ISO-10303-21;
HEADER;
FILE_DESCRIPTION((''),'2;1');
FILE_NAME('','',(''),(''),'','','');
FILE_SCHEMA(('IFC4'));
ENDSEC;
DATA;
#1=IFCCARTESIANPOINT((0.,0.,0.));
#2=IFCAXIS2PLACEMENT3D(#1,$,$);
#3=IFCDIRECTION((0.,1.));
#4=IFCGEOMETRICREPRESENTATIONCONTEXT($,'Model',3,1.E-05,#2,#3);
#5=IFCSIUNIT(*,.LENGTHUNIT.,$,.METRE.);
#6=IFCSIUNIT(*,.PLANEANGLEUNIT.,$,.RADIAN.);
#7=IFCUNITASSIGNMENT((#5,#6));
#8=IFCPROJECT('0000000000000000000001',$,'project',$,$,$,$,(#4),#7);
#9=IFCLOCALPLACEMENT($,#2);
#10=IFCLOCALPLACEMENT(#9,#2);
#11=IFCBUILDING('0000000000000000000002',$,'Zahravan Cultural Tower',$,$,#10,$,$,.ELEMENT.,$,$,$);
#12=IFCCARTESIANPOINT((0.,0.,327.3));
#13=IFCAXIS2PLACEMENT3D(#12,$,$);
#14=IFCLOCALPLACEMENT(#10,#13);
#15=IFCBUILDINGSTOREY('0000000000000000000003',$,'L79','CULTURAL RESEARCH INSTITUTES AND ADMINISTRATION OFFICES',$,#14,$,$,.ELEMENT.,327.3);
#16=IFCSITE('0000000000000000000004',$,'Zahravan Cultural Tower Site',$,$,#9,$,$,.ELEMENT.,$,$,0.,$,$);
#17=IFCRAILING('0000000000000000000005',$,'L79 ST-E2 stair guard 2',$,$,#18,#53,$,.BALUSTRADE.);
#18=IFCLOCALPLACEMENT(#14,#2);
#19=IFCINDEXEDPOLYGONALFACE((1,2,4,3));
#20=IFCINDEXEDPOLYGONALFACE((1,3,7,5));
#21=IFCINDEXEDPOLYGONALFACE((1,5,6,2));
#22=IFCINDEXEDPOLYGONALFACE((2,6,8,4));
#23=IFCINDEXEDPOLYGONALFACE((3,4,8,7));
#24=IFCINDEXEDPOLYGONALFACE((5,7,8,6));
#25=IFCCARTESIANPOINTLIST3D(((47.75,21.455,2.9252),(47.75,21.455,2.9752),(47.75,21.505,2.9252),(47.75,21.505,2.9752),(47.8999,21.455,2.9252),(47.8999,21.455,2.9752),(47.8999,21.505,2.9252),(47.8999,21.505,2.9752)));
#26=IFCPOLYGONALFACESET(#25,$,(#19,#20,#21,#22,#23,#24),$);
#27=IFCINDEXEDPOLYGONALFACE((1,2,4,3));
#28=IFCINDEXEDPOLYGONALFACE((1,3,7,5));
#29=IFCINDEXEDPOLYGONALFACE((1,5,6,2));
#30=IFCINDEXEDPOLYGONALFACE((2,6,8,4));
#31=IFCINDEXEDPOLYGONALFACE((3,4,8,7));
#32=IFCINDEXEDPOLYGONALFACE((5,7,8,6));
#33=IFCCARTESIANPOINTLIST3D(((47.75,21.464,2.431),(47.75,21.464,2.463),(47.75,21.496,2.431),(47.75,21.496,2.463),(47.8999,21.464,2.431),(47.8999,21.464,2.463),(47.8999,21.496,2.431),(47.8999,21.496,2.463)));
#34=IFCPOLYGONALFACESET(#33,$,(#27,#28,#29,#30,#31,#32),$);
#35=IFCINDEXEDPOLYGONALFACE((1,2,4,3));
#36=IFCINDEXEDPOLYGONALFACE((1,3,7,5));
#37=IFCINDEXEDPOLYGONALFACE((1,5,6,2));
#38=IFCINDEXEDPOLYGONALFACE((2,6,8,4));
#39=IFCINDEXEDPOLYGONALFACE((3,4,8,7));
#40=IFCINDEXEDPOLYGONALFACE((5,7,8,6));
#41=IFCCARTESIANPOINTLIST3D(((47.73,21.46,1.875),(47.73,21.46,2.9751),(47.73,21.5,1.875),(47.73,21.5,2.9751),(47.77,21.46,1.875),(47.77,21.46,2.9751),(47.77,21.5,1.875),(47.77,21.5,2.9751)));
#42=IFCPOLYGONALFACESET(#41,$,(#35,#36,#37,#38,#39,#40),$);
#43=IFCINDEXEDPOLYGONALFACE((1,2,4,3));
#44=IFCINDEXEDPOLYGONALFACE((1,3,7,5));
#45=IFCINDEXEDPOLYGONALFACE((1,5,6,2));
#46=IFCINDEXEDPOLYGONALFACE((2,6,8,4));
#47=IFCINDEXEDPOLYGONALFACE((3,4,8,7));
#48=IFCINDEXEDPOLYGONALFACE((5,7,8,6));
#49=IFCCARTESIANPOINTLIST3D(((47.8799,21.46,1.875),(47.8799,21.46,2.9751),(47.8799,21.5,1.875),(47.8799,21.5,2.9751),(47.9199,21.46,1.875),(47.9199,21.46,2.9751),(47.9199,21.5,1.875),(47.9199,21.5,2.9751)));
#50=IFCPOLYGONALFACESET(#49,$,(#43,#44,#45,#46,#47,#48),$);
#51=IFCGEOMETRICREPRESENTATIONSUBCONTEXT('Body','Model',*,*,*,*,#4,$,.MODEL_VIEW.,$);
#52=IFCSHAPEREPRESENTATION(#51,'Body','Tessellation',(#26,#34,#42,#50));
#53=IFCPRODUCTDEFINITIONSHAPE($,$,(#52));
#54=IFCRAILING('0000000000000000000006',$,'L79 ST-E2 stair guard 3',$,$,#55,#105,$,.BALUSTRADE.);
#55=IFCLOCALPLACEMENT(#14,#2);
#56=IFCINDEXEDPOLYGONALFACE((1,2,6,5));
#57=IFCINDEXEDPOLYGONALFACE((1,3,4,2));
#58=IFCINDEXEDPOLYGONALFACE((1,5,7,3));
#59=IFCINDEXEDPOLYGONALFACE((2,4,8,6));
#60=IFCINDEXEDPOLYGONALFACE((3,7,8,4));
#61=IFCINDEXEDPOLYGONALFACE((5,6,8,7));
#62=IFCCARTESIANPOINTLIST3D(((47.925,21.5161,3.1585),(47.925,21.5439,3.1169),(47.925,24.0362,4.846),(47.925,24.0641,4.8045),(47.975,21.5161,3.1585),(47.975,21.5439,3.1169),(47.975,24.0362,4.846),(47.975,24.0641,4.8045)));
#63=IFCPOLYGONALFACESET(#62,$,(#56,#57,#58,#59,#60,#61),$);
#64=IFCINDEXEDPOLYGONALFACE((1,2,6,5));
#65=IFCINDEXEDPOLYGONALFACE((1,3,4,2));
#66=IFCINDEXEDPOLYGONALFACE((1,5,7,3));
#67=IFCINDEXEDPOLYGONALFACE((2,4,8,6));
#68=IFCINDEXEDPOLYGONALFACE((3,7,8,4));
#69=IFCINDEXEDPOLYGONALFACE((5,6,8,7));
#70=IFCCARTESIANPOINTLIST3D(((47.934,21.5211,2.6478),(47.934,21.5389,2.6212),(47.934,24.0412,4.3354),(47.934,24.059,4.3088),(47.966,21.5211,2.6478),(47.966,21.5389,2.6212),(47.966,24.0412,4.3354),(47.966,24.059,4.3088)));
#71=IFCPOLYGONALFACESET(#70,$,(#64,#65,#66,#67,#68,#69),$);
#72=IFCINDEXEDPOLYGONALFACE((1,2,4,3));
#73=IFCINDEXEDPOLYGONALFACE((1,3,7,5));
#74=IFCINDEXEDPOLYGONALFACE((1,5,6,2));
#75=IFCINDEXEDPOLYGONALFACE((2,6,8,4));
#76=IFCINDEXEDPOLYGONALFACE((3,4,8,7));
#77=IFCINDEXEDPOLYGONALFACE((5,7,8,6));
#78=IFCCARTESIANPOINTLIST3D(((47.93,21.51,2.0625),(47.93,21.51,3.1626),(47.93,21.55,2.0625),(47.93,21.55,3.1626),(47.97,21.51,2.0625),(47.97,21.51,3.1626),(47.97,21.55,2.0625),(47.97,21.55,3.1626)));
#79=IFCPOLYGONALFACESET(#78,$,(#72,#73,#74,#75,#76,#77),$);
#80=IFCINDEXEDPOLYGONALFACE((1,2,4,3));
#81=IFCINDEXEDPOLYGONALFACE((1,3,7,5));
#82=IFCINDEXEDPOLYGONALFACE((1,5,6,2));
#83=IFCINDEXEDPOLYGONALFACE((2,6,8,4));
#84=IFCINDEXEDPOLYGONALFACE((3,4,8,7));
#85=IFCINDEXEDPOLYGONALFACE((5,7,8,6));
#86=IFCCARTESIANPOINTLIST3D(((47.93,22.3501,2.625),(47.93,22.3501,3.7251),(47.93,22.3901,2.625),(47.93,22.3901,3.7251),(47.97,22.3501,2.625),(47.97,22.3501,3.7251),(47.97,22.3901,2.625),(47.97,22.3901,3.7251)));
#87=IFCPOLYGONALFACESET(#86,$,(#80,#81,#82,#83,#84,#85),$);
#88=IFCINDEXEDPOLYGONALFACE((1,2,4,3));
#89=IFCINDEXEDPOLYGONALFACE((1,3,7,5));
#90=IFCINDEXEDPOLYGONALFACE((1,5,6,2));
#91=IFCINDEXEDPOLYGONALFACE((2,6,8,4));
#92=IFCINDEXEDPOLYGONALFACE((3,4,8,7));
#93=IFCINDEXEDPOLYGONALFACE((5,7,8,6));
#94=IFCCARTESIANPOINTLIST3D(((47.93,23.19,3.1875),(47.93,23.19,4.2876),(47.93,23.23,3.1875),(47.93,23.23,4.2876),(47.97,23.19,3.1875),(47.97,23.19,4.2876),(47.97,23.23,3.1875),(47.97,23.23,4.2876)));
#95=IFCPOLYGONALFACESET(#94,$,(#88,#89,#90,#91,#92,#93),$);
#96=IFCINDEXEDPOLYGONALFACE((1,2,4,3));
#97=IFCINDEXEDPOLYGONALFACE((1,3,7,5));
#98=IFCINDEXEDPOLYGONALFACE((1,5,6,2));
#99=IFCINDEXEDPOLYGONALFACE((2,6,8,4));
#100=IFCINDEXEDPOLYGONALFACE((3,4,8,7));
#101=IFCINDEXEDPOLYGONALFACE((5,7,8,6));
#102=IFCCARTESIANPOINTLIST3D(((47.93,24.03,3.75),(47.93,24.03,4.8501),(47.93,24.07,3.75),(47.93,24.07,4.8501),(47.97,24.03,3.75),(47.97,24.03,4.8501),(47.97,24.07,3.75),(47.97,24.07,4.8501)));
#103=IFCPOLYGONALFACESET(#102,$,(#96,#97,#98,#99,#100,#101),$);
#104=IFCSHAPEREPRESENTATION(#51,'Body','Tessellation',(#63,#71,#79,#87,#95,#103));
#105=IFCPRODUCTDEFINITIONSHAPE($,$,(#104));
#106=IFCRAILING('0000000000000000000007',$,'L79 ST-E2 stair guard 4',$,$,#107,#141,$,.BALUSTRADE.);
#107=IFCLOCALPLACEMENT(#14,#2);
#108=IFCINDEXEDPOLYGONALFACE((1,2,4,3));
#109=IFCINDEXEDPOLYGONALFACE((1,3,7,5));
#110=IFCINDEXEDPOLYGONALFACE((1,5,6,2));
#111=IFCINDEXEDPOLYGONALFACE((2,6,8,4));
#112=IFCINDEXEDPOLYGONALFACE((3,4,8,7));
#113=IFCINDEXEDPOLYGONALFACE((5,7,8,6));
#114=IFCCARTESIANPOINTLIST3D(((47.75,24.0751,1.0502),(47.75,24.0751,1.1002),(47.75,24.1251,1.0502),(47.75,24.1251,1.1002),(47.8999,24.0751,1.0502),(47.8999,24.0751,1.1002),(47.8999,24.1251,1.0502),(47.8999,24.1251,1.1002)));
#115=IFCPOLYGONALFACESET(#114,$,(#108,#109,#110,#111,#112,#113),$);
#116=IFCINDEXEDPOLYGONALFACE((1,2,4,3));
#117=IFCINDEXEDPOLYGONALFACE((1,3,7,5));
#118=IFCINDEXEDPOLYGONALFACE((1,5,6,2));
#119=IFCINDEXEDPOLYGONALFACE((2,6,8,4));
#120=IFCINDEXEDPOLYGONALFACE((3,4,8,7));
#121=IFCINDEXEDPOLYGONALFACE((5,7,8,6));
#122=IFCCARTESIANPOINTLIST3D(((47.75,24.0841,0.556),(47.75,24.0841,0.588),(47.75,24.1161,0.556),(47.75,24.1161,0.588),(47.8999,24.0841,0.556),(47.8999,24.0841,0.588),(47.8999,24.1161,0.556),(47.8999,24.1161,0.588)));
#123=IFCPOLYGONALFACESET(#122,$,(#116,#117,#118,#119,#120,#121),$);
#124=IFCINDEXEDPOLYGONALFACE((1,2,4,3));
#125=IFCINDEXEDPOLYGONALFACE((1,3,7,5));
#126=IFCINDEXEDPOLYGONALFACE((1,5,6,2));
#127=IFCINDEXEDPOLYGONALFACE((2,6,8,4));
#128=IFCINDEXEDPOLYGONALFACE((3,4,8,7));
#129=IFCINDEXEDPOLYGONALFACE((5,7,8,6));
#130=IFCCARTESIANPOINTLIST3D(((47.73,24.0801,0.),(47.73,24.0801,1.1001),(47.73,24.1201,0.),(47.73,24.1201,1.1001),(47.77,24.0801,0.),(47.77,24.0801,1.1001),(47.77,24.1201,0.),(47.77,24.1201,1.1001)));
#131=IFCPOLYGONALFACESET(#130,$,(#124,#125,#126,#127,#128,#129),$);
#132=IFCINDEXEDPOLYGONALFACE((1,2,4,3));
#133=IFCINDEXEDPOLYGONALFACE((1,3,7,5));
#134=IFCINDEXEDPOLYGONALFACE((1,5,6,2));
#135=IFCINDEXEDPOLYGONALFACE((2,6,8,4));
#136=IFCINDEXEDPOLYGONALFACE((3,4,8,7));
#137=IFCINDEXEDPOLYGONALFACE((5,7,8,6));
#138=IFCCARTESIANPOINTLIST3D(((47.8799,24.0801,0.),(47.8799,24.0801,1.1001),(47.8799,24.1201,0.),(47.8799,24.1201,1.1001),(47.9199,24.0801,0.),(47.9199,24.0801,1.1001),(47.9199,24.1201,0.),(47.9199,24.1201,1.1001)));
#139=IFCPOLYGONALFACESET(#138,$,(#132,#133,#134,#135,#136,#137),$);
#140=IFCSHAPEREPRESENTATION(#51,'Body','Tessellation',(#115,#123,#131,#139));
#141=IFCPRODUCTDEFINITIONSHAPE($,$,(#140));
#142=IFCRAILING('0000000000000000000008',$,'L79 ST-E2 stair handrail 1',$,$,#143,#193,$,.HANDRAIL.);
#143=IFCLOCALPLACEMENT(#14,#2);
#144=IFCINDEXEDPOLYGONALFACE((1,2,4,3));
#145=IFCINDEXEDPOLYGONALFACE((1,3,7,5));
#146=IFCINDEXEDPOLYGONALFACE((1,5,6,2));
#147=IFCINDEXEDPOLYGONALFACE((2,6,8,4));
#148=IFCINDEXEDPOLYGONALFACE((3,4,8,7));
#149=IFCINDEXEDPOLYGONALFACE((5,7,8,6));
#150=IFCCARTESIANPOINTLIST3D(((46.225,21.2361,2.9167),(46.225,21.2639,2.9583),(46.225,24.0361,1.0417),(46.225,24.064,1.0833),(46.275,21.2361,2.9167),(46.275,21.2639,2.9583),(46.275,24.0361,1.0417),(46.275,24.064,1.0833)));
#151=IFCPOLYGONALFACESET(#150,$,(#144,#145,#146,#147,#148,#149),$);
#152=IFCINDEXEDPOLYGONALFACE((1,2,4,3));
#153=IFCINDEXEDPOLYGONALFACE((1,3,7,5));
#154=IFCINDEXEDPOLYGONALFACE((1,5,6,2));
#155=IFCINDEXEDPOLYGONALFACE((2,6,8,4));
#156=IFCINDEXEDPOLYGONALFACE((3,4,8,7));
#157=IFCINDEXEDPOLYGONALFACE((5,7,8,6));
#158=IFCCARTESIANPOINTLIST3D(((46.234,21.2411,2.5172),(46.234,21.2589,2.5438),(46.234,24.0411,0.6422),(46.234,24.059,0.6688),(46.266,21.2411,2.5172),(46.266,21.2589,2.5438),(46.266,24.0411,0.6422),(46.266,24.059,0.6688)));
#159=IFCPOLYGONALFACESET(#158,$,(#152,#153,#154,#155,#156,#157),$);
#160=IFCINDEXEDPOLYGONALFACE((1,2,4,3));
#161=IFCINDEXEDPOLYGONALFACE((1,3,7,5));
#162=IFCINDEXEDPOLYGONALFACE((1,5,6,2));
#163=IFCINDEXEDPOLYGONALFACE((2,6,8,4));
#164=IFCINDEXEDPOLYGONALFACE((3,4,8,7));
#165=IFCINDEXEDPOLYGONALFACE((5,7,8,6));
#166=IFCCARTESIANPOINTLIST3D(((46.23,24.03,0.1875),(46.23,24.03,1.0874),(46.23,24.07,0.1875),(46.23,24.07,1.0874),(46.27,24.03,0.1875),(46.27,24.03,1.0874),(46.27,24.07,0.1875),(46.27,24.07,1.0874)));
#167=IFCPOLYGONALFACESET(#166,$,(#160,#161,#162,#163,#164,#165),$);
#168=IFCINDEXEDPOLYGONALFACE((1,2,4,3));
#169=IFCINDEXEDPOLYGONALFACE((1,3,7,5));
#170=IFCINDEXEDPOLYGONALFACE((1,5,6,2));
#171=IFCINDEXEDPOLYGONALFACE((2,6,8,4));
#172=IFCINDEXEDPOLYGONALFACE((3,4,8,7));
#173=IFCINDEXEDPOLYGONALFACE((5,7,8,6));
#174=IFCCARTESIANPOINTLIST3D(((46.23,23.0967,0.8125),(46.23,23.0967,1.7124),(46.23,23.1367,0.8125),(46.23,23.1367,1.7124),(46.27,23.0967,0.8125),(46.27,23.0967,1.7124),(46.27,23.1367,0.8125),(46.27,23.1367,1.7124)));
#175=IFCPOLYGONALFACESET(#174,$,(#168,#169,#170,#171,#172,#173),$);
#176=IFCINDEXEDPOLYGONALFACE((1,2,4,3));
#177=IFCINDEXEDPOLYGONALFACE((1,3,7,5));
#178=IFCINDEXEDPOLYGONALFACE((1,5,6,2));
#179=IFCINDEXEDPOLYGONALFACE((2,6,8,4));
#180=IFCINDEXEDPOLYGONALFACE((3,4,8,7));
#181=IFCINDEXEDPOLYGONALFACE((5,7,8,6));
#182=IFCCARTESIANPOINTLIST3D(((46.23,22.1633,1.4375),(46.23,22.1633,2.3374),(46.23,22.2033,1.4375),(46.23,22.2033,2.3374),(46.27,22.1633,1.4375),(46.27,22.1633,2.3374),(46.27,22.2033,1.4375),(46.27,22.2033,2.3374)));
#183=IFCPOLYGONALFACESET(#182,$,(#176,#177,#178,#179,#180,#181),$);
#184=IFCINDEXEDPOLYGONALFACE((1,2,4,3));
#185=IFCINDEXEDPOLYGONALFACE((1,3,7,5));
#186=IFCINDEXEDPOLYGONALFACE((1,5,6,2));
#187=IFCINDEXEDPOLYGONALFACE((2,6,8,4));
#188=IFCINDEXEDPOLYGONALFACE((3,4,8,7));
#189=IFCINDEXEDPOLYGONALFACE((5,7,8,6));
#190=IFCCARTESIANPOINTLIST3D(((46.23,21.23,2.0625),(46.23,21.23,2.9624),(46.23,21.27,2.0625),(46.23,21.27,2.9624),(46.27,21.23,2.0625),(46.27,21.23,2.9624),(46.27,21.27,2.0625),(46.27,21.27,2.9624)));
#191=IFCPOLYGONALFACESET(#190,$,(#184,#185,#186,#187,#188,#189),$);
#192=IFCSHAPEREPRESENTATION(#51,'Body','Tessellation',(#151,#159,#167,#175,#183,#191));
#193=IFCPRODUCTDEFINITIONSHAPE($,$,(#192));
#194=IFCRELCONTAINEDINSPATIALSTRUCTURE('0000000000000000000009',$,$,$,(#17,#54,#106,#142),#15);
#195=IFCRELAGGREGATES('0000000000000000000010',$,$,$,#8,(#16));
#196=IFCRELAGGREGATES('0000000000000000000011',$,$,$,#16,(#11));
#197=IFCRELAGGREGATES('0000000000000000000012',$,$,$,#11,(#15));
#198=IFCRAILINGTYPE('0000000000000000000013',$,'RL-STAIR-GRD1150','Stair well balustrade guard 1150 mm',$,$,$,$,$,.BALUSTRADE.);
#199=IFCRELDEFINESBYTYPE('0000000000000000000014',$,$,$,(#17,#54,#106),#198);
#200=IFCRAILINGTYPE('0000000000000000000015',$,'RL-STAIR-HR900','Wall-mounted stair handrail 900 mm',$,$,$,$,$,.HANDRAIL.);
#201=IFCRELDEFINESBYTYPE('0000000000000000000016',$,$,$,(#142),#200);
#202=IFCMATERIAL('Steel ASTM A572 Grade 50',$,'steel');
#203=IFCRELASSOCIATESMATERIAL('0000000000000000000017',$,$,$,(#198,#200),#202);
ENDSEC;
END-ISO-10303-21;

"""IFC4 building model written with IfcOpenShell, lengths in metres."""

from ifc_helpers import new_model, si_unit, direction, frame, origin, origin_2d, place, context, subcontext, project, spatial, rectangle, extrude, material, type_object, element, save


model = new_model("IFC4")

# Units and contexts
model_context = context("Model", 3, precision=1e-05, world=origin(), true_north=direction((0.0, 1.0)))
body_context = subcontext(model_context, "Body", "Model", "MODEL_VIEW")
ifc_project = project(units=[si_unit("LENGTHUNIT", "METRE"), si_unit("PLANEANGLEUNIT", "RADIAN")], contexts=[model_context])

# Site, building, storey
site_placement = place(None, origin())
site = spatial("IfcSite", under=ifc_project, at=site_placement, Name="Zahravan Cultural Tower Site", CompositionType="ELEMENT", RefElevation=0.0)
building_placement = place(site_placement, origin())
building = spatial("IfcBuilding", under=site, at=building_placement, Name="Zahravan Cultural Tower", CompositionType="ELEMENT")
storey_placement = place(building_placement, frame((0.0, 0.0, 327.3)))
storey = spatial("IfcBuildingStorey", under=building, at=storey_placement, Name="L79", Description="CULTURAL RESEARCH INSTITUTES AND ADMINISTRATION OFFICES", CompositionType="ELEMENT", Elevation=327.3)

# Shared definitions
ifc_material_1 = material(Name="Steel ASTM A572 Grade 50", Category="steel")

# Railings
railing_type_1 = type_object("IfcRailingType", Name="RL-STAIR-GRD1150", Description="Stair well balustrade guard 1150 mm", PredefinedType="BALUSTRADE", material=ifc_material_1)
railing_1_placement = place(storey_placement, frame((47.75, 21.48, 1.875)))
element("IfcRailing", 1, at=railing_1_placement, inside=storey, type_object=railing_type_1, Name="L79 ST-E2 stair guard 2", PredefinedType="BALUSTRADE", context=body_context, shape_type="SweptSolid", body=[
    extrude(rectangle(XDim=0.05, YDim=0.05, at=origin_2d()), frame((0.0, 0.0, 1.0752), z_axis=(1.0, 0.0, 0.0), x_axis=(0.0, 1.0, 0.0)), (0.0, 0.0, 1.0), 0.1499),
    extrude(rectangle(XDim=0.032, YDim=0.032, at=origin_2d()), frame((0.0, 0.0, 0.572), z_axis=(1.0, 0.0, 0.0), x_axis=(0.0, 1.0, 0.0)), (0.0, 0.0, 1.0), 0.1499),
    extrude(rectangle(XDim=0.04, YDim=0.04, at=origin_2d()), origin(), (0.0, 0.0, 1.0), 1.1001),
    extrude(rectangle(XDim=0.04, YDim=0.04, at=origin_2d()), frame((0.1499, 0.0, 0.0)), (0.0, 0.0, 1.0), 1.1001),
])
railing_2_placement = place(storey_placement, frame((47.95, 21.53, 2.0625)))
element("IfcRailing", 2, at=railing_2_placement, inside=storey, type_object=railing_type_1, Name="L79 ST-E2 stair guard 3", PredefinedType="BALUSTRADE", context=body_context, shape_type="SweptSolid", body=[
    extrude(rectangle(XDim=0.05, YDim=0.05, at=origin_2d()), frame((0.0, 0.0, 1.0752), z_axis=(0.0, 0.830909, 0.556408), x_axis=(-1.0, 0.0, 0.0)), (0.0, 0.0, 1.0), 3.033),
    extrude(rectangle(XDim=0.032, YDim=0.032, at=origin_2d()), frame((0.0, 0.0, 0.572), z_axis=(0.0, 0.830909, 0.556408), x_axis=(-1.0, 0.0, 0.0)), (0.0, 0.0, 1.0), 3.033),
    extrude(rectangle(XDim=0.04, YDim=0.04, at=origin_2d()), origin(), (0.0, 0.0, 1.0), 1.1001),
    extrude(rectangle(XDim=0.04, YDim=0.04, at=origin_2d()), frame((0.0, 0.8401, 0.5625)), (0.0, 0.0, 1.0), 1.1001),
    extrude(rectangle(XDim=0.04, YDim=0.04, at=origin_2d()), frame((0.0, 1.6799, 1.125)), (0.0, 0.0, 1.0), 1.1001),
    extrude(rectangle(XDim=0.04, YDim=0.04, at=origin_2d()), frame((0.0, 2.52, 1.6875)), (0.0, 0.0, 1.0), 1.1001),
])
railing_3_placement = place(storey_placement, frame((47.75, 24.1001, 0.0)))
element("IfcRailing", 3, at=railing_3_placement, inside=storey, type_object=railing_type_1, Name="L79 ST-E2 stair guard 4", PredefinedType="BALUSTRADE", context=body_context, shape_type="SweptSolid", body=[
    extrude(rectangle(XDim=0.05, YDim=0.05, at=origin_2d()), frame((0.0, 0.0, 1.0752), z_axis=(1.0, 0.0, 0.0), x_axis=(0.0, 1.0, 0.0)), (0.0, 0.0, 1.0), 0.1499),
    extrude(rectangle(XDim=0.032, YDim=0.032, at=origin_2d()), frame((0.0, 0.0, 0.572), z_axis=(1.0, 0.0, 0.0), x_axis=(0.0, 1.0, 0.0)), (0.0, 0.0, 1.0), 0.1499),
    extrude(rectangle(XDim=0.04, YDim=0.04, at=origin_2d()), origin(), (0.0, 0.0, 1.0), 1.1001),
    extrude(rectangle(XDim=0.04, YDim=0.04, at=origin_2d()), frame((0.1499, 0.0, 0.0)), (0.0, 0.0, 1.0), 1.1001),
])
railing_type_2 = type_object("IfcRailingType", Name="RL-STAIR-HR900", Description="Wall-mounted stair handrail 900 mm", PredefinedType="HANDRAIL", material=ifc_material_1)
railing_4_placement = place(storey_placement, frame((46.25, 24.05, 0.1875)))
element("IfcRailing", 4, at=railing_4_placement, inside=storey, type_object=railing_type_2, Name="L79 ST-E2 stair handrail 1", PredefinedType="HANDRAIL", context=body_context, shape_type="SweptSolid", body=[
    extrude(rectangle(XDim=0.05, YDim=0.05, at=origin_2d()), frame((0.0, 0.0, 0.875), z_axis=(0.0, -0.830912, 0.556404), x_axis=(1.0, 0.0, 0.0)), (0.0, 0.0, 1.0), 3.3699),
    extrude(rectangle(XDim=0.032, YDim=0.032, at=origin_2d()), frame((0.0, 0.0, 0.468), z_axis=(0.0, -0.830912, 0.556404), x_axis=(1.0, 0.0, 0.0)), (0.0, 0.0, 1.0), 3.3699),
    extrude(rectangle(XDim=0.04, YDim=0.04, at=origin_2d()), origin(), (0.0, 0.0, 1.0), 0.8999),
    extrude(rectangle(XDim=0.04, YDim=0.04, at=origin_2d()), frame((0.0, -0.9333, 0.625)), (0.0, 0.0, 1.0), 0.8999),
    extrude(rectangle(XDim=0.04, YDim=0.04, at=origin_2d()), frame((0.0, -1.8667, 1.25)), (0.0, 0.0, 1.0), 0.8999),
    extrude(rectangle(XDim=0.04, YDim=0.04, at=origin_2d()), frame((0.0, -2.8, 1.875)), (0.0, 0.0, 1.0), 0.8999),
])

save(model, "model.ifc")
